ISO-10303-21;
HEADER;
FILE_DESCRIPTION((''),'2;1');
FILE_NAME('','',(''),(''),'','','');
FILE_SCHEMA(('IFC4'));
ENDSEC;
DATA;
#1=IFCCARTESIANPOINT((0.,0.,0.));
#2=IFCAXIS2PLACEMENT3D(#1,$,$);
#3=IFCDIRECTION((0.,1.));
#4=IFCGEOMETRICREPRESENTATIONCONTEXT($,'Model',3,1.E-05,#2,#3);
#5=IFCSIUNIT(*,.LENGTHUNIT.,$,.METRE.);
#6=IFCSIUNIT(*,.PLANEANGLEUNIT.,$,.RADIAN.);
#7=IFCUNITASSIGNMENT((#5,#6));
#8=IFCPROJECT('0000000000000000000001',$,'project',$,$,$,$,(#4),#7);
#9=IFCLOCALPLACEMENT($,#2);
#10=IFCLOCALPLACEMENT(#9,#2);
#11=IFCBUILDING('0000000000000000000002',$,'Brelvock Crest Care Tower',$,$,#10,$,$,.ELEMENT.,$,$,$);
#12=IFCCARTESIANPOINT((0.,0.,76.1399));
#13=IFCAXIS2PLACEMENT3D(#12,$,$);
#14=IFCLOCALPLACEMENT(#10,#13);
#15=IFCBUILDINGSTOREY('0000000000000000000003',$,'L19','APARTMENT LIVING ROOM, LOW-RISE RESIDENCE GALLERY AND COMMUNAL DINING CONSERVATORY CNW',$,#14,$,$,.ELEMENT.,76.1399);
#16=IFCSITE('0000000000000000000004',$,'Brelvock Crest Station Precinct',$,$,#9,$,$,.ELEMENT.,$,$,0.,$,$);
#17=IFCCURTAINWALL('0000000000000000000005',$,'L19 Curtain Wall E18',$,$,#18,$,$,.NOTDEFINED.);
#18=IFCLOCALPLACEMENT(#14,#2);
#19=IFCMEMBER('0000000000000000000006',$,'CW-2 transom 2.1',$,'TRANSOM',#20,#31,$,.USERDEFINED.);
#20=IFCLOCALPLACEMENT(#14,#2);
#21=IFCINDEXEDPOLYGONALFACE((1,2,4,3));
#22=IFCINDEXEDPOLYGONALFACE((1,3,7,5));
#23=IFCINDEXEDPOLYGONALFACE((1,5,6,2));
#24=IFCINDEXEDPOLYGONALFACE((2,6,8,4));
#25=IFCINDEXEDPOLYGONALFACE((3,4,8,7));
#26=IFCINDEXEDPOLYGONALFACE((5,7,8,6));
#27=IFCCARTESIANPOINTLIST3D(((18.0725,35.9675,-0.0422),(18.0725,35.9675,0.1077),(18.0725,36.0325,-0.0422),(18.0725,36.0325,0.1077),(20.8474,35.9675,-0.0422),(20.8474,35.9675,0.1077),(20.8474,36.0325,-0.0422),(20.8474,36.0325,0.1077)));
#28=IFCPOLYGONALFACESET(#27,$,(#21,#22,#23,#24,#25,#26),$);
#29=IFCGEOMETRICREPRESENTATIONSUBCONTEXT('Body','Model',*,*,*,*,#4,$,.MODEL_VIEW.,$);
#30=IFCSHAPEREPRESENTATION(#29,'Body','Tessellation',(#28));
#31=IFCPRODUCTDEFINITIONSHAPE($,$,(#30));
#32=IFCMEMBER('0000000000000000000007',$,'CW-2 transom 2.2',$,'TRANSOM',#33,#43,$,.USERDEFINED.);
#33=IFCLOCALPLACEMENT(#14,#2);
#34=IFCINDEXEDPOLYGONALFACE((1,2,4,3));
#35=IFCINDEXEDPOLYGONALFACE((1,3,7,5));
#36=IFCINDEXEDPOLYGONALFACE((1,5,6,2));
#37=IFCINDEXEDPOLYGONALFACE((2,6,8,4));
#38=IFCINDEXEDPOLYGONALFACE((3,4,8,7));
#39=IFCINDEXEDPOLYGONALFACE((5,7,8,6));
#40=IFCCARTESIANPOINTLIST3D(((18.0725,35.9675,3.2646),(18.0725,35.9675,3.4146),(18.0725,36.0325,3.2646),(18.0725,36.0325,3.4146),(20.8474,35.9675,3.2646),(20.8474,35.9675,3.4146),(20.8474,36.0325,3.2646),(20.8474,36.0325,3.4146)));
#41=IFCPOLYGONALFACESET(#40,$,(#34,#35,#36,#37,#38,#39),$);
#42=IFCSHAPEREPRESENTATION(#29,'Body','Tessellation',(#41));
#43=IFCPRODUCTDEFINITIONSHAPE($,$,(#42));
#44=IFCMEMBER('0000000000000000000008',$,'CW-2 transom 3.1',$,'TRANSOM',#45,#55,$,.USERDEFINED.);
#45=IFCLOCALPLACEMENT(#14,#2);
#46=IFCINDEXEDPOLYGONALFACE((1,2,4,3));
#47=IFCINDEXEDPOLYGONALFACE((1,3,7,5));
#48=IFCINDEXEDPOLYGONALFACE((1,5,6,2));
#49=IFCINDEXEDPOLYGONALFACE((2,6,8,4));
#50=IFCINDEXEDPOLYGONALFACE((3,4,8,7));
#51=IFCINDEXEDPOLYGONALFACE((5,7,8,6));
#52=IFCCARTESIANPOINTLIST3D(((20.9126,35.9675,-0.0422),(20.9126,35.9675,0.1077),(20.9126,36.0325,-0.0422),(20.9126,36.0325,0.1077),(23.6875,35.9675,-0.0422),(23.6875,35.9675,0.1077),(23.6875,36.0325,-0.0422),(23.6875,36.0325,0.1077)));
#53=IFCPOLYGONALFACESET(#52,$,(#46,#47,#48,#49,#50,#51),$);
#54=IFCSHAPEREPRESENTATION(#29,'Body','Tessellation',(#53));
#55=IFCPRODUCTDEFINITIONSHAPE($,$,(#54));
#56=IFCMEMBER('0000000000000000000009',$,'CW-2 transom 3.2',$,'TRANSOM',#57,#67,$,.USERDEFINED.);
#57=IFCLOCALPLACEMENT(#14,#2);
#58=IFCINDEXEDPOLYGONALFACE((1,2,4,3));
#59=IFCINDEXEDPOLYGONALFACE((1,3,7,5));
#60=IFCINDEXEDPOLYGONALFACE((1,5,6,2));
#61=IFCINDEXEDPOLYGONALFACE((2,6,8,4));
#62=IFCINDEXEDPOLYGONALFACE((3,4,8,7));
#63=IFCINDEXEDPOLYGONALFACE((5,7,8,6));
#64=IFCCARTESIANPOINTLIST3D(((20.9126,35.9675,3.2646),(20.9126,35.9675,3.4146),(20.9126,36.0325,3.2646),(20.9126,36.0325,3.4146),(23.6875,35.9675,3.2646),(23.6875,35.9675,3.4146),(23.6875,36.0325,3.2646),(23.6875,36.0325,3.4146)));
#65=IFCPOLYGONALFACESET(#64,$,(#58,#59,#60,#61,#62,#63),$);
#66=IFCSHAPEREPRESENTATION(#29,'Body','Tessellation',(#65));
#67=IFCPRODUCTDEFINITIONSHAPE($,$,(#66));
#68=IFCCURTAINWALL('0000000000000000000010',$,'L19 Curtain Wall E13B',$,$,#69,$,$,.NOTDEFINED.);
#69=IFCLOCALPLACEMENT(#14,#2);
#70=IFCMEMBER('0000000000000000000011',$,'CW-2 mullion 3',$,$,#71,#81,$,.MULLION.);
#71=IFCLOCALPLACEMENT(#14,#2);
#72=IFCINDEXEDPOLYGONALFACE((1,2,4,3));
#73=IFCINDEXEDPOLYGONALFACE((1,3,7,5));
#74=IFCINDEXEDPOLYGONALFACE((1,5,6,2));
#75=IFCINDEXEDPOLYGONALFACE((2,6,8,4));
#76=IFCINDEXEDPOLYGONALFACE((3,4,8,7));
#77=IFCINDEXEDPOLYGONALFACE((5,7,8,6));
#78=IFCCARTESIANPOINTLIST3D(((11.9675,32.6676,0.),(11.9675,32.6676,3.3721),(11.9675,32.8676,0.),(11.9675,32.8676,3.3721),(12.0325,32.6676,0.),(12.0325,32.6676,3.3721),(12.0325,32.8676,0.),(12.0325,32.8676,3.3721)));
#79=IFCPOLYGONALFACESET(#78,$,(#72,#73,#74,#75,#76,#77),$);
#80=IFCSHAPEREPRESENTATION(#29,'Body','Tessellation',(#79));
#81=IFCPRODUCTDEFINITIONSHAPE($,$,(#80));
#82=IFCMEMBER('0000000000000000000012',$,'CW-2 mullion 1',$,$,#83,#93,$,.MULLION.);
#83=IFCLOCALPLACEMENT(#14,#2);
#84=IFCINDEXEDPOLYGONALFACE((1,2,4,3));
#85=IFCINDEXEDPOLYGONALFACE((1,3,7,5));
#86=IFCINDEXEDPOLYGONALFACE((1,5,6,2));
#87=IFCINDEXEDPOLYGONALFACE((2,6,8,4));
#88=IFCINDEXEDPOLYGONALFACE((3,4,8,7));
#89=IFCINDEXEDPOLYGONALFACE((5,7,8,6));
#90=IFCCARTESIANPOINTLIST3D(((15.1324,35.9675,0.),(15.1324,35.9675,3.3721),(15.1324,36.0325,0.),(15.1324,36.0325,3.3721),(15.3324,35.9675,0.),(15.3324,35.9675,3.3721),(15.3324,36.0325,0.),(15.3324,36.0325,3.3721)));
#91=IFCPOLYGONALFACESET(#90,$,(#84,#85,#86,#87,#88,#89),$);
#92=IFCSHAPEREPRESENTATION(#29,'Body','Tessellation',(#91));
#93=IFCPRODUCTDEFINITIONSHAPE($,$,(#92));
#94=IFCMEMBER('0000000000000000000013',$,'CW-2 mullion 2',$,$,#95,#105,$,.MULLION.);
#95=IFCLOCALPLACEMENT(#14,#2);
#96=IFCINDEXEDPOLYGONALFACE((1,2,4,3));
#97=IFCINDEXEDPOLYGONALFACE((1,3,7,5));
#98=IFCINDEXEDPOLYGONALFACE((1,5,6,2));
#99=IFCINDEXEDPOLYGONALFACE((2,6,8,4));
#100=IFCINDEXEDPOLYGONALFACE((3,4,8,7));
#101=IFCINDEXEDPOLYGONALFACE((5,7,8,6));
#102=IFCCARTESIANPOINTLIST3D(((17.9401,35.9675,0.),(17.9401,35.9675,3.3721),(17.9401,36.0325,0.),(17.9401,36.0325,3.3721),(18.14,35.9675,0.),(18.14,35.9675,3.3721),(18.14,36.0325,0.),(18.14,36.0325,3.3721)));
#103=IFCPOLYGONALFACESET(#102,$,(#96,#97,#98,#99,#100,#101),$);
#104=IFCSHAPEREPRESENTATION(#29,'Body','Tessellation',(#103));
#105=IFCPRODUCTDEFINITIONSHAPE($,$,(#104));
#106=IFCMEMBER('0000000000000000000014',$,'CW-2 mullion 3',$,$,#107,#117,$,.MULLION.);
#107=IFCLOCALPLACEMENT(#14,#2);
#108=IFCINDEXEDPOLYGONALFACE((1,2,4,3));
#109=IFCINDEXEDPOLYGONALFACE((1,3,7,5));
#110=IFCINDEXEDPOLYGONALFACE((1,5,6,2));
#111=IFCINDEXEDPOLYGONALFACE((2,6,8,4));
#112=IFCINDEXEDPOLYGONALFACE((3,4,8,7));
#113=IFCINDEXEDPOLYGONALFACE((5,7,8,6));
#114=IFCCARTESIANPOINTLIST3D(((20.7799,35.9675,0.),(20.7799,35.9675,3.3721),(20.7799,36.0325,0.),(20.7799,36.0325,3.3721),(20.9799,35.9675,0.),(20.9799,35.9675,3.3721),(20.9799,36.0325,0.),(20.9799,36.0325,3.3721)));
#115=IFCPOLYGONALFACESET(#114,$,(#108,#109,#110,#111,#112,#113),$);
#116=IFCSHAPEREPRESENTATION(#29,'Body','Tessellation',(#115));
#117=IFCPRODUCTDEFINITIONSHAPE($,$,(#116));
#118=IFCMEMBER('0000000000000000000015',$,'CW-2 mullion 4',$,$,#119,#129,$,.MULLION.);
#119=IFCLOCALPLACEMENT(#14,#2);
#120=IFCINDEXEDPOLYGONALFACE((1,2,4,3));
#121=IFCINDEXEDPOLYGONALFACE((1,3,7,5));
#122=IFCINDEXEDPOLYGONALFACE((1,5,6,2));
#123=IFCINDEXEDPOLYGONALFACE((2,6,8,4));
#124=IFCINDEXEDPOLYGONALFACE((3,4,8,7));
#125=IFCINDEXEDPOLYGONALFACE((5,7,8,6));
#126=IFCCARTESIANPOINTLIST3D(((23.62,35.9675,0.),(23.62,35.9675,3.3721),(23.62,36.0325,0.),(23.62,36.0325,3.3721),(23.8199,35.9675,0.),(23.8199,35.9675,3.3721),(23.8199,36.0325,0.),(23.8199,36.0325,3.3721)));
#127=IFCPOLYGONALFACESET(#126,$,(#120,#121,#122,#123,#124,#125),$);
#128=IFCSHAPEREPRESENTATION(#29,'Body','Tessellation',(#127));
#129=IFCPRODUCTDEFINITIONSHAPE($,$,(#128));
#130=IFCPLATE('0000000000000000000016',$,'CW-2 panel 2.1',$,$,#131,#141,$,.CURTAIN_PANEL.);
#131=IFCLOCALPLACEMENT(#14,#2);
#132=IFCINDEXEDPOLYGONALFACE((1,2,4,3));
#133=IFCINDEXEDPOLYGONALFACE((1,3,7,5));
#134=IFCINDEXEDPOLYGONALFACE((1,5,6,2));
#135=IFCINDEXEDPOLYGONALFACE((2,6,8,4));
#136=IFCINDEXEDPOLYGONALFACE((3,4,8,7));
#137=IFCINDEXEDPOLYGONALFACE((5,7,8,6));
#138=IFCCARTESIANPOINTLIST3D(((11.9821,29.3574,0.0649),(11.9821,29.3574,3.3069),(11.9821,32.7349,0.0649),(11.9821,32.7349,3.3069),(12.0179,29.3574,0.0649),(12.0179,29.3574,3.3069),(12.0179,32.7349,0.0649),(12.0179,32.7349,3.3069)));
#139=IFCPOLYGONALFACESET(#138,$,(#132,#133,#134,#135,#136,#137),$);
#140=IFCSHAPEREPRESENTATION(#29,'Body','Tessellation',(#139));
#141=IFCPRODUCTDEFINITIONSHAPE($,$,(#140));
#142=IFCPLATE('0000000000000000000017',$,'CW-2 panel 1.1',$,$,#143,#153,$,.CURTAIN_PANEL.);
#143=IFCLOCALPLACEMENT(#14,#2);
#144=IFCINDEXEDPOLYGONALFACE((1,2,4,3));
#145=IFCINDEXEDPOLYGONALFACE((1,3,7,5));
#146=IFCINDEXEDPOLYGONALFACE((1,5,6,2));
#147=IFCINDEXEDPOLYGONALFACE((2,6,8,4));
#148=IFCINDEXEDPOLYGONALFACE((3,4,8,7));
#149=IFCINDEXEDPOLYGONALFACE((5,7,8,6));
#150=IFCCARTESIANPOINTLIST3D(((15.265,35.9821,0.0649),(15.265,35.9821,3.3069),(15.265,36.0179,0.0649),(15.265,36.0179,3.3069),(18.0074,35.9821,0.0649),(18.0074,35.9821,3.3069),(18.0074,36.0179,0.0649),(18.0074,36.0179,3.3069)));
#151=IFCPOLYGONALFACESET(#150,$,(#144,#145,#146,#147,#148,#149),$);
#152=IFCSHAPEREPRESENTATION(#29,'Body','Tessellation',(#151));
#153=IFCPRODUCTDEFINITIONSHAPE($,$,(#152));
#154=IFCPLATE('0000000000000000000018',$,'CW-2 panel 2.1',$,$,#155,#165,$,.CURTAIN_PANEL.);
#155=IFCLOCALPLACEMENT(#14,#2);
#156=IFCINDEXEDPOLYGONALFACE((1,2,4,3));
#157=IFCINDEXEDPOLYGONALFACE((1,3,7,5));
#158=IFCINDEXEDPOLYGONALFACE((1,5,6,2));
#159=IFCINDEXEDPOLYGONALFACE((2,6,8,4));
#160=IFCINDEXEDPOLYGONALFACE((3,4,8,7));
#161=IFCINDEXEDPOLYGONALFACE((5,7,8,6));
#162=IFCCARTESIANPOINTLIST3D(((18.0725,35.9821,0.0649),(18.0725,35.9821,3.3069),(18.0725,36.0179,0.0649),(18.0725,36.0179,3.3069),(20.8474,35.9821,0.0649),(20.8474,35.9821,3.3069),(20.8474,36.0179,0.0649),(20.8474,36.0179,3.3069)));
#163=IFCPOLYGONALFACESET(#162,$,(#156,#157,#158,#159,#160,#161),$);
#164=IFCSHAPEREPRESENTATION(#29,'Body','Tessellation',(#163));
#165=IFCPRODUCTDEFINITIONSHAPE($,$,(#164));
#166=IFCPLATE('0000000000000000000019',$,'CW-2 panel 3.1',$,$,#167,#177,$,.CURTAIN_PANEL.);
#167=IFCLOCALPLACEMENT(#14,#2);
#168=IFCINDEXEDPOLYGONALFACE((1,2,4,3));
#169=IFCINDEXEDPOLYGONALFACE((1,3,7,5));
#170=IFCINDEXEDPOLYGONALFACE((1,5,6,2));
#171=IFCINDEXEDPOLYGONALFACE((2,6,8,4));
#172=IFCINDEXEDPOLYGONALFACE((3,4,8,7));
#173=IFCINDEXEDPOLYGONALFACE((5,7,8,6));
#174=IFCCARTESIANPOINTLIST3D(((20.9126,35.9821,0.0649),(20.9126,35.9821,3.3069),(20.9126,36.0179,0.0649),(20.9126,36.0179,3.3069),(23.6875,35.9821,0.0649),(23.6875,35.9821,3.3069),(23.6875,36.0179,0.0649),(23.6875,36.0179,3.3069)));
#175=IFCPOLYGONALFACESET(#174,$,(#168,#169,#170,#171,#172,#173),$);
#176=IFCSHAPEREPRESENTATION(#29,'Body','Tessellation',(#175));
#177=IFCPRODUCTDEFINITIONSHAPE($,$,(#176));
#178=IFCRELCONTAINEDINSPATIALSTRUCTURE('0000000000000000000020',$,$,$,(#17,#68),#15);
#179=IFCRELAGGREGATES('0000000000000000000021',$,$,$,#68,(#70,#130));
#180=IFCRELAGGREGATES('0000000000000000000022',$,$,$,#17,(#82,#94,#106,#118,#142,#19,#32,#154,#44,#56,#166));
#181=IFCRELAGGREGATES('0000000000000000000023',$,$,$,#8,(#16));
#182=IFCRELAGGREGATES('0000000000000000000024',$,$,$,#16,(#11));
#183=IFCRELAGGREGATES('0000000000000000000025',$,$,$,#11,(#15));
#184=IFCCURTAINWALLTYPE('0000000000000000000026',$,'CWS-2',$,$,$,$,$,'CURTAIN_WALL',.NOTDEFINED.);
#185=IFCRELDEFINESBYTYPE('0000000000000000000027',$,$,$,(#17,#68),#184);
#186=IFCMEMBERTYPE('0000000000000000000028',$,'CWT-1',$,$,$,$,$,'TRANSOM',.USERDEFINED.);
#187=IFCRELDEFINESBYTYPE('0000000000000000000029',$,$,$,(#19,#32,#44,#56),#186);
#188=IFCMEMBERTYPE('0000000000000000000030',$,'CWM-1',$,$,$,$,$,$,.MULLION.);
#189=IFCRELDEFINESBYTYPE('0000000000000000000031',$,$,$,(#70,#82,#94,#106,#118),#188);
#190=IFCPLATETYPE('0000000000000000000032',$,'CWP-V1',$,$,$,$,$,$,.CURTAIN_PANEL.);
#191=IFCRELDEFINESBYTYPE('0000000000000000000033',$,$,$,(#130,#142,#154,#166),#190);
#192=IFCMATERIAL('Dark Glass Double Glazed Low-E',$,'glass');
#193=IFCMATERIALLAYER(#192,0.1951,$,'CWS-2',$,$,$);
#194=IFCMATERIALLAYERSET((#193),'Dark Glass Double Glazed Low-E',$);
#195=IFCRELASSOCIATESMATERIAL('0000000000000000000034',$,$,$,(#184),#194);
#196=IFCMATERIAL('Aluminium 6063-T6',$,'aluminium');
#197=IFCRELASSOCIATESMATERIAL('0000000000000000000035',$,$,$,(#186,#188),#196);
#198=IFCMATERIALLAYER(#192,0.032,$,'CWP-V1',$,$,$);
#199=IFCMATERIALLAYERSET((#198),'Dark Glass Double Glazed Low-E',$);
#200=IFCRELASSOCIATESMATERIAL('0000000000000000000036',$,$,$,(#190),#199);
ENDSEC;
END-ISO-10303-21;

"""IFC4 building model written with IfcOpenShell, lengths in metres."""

from ifc_helpers import new_model, si_unit, direction, frame, origin, origin_2d, place, context, subcontext, project, spatial, rectangle, extrude, source, transform, mapped, material, layer, layer_set, material_profile, profile_set, type_object, element, aggregate, save


model = new_model("IFC4")

# Units and contexts
model_context = context("Model", 3, precision=1e-05, world=origin(), true_north=direction((0.0, 1.0)))
body_context = subcontext(model_context, "Body", "Model", "MODEL_VIEW")
ifc_project = project(units=[si_unit("LENGTHUNIT", "METRE"), si_unit("PLANEANGLEUNIT", "RADIAN")], contexts=[model_context])

# Site, building, storey
site_placement = place(None, origin())
site = spatial("IfcSite", under=ifc_project, at=site_placement, Name="Brelvock Crest Station Precinct", CompositionType="ELEMENT", RefElevation=0.0)
building_placement = place(site_placement, origin())
building = spatial("IfcBuilding", under=site, at=building_placement, Name="Brelvock Crest Care Tower", CompositionType="ELEMENT")
storey_placement = place(building_placement, frame((0.0, 0.0, 76.1399)))
storey = spatial("IfcBuildingStorey", under=building, at=storey_placement, Name="L19", Description="APARTMENT LIVING ROOM, LOW-RISE RESIDENCE GALLERY AND COMMUNAL DINING CONSERVATORY CNW", CompositionType="ELEMENT", Elevation=76.1399)

# Curtain wall, members
ifc_material_1 = material(Name="Dark Glass Double Glazed Low-E", Category="glass")
ifc_layer_1 = layer(ifc_material_1, 0.1951, Name="CWS-2")
ifc_layer_set_1 = layer_set([ifc_layer_1], Name="Dark Glass Double Glazed Low-E")
curtain_wall_type = type_object("IfcCurtainWallType", Name="CWS-2", ElementType="CURTAIN_WALL", PredefinedType="NOTDEFINED", material=ifc_layer_set_1)
curtain_wall_1_placement = place(storey_placement, origin())
curtain_wall_1 = element("IfcCurtainWall", 1, at=curtain_wall_1_placement, inside=storey, type_object=curtain_wall_type, Name="L19 Curtain Wall E18", PredefinedType="NOTDEFINED")
ifc_material_2 = material(Name="Aluminium 6063-T6", Category="aluminium")
ifc_material_profile_1 = material_profile(ifc_material_2, rectangle(XDim=0.0649, YDim=0.1499, at=origin_2d()), Name="ALU65x150")
ifc_profile_set_1 = profile_set([ifc_material_profile_1], Name="Aluminium 6063-T6")
member_type_1 = type_object("IfcMemberType", Name="CWT-1", ElementType="TRANSOM", PredefinedType="USERDEFINED", material=ifc_profile_set_1)
shared_shape_1 = source(origin(), body_context, "Body", "SweptSolid", [
    extrude(rectangle(XDim=0.0649, YDim=0.1499, at=origin_2d()), origin(), (0.0, 0.0, 1.0), 2.7749),
])
member_1_placement = place(storey_placement, frame((18.0725, 36.0, 0.0327), z_axis=(1.0, 0.0, 0.0), x_axis=(0.0, 1.0, 0.0)))
member_1 = element("IfcMember", 2, at=member_1_placement, type_object=member_type_1, Name="CW-2 transom 2.1", ObjectType="TRANSOM", PredefinedType="USERDEFINED", context=body_context, shape_type="MappedRepresentation", body=[
    mapped(shared_shape_1, transform((0.0, 0.0, 0.0), x_axis=(1.0, 0.0, 0.0), y_axis=(0.0, 1.0, 0.0), z_axis=(0.0, 0.0, 1.0), scale=1.0)),
])
member_2_placement = place(storey_placement, frame((18.0725, 36.0, 3.3396), z_axis=(1.0, 0.0, 0.0), x_axis=(0.0, 1.0, 0.0)))
member_2 = element("IfcMember", 3, at=member_2_placement, type_object=member_type_1, Name="CW-2 transom 2.2", ObjectType="TRANSOM", PredefinedType="USERDEFINED", context=body_context, shape_type="MappedRepresentation", body=[
    mapped(shared_shape_1, transform((0.0, 0.0, 0.0), x_axis=(1.0, 0.0, 0.0), y_axis=(0.0, 1.0, 0.0), z_axis=(0.0, 0.0, 1.0), scale=1.0)),
])
member_3_placement = place(storey_placement, frame((20.9126, 36.0, 0.0327), z_axis=(1.0, 0.0, 0.0), x_axis=(0.0, 1.0, 0.0)))
member_3 = element("IfcMember", 4, at=member_3_placement, type_object=member_type_1, Name="CW-2 transom 3.1", ObjectType="TRANSOM", PredefinedType="USERDEFINED", context=body_context, shape_type="MappedRepresentation", body=[
    mapped(shared_shape_1, transform((0.0, 0.0, 0.0), x_axis=(1.0, 0.0, 0.0), y_axis=(0.0, 1.0, 0.0), z_axis=(0.0, 0.0, 1.0), scale=1.0)),
])
member_4_placement = place(storey_placement, frame((20.9126, 36.0, 3.3396), z_axis=(1.0, 0.0, 0.0), x_axis=(0.0, 1.0, 0.0)))
member_4 = element("IfcMember", 5, at=member_4_placement, type_object=member_type_1, Name="CW-2 transom 3.2", ObjectType="TRANSOM", PredefinedType="USERDEFINED", context=body_context, shape_type="MappedRepresentation", body=[
    mapped(shared_shape_1, transform((0.0, 0.0, 0.0), x_axis=(1.0, 0.0, 0.0), y_axis=(0.0, 1.0, 0.0), z_axis=(0.0, 0.0, 1.0), scale=1.0)),
])

# Curtain wall, member
curtain_wall_2_placement = place(storey_placement, origin())
curtain_wall_2 = element("IfcCurtainWall", 6, at=curtain_wall_2_placement, inside=storey, type_object=curtain_wall_type, Name="L19 Curtain Wall E13B", PredefinedType="NOTDEFINED")
ifc_material_profile_2 = material_profile(ifc_material_2, rectangle(XDim=0.0649, YDim=0.2, at=origin_2d()), Name="ALU65x200")
ifc_profile_set_2 = profile_set([ifc_material_profile_2], Name="Aluminium 6063-T6")
member_type_2 = type_object("IfcMemberType", Name="CWM-1", PredefinedType="MULLION", material=ifc_profile_set_2)
shared_shape_2 = source(origin(), body_context, "Body", "SweptSolid", [
    extrude(rectangle(XDim=0.0649, YDim=0.2, at=origin_2d()), origin(), (0.0, 0.0, 1.0), 3.3721),
])
member_5_placement = place(storey_placement, frame((12.0, 32.7676, 0.0), z_axis=(0.0, 0.0, 1.0), x_axis=(-1.0, 0.0, 0.0)))
member_5 = element("IfcMember", 7, at=member_5_placement, type_object=member_type_2, Name="CW-2 mullion 3", PredefinedType="MULLION", context=body_context, shape_type="MappedRepresentation", body=[
    mapped(shared_shape_2, transform((0.0, 0.0, 0.0), x_axis=(1.0, 0.0, 0.0), y_axis=(0.0, 1.0, 0.0), z_axis=(0.0, 0.0, 1.0), scale=1.0)),
])

# Members
member_6_placement = place(storey_placement, frame((15.2324, 36.0, 0.0), z_axis=(0.0, 0.0, 1.0), x_axis=(0.0, 1.0, 0.0)))
member_6 = element("IfcMember", 8, at=member_6_placement, type_object=member_type_2, Name="CW-2 mullion 1", PredefinedType="MULLION", context=body_context, shape_type="MappedRepresentation", body=[
    mapped(shared_shape_2, transform((0.0, 0.0, 0.0), x_axis=(1.0, 0.0, 0.0), y_axis=(0.0, 1.0, 0.0), z_axis=(0.0, 0.0, 1.0), scale=1.0)),
])
member_7_placement = place(storey_placement, frame((18.04, 36.0, 0.0), z_axis=(0.0, 0.0, 1.0), x_axis=(0.0, 1.0, 0.0)))
member_7 = element("IfcMember", 9, at=member_7_placement, type_object=member_type_2, Name="CW-2 mullion 2", PredefinedType="MULLION", context=body_context, shape_type="MappedRepresentation", body=[
    mapped(shared_shape_2, transform((0.0, 0.0, 0.0), x_axis=(1.0, 0.0, 0.0), y_axis=(0.0, 1.0, 0.0), z_axis=(0.0, 0.0, 1.0), scale=1.0)),
])
member_8_placement = place(storey_placement, frame((20.8799, 36.0, 0.0), z_axis=(0.0, 0.0, 1.0), x_axis=(0.0, 1.0, 0.0)))
member_8 = element("IfcMember", 10, at=member_8_placement, type_object=member_type_2, Name="CW-2 mullion 3", PredefinedType="MULLION", context=body_context, shape_type="MappedRepresentation", body=[
    mapped(shared_shape_2, transform((0.0, 0.0, 0.0), x_axis=(1.0, 0.0, 0.0), y_axis=(0.0, 1.0, 0.0), z_axis=(0.0, 0.0, 1.0), scale=1.0)),
])
member_9_placement = place(storey_placement, frame((23.72, 36.0, 0.0), z_axis=(0.0, 0.0, 1.0), x_axis=(0.0, 1.0, 0.0)))
member_9 = element("IfcMember", 11, at=member_9_placement, type_object=member_type_2, Name="CW-2 mullion 4", PredefinedType="MULLION", context=body_context, shape_type="MappedRepresentation", body=[
    mapped(shared_shape_2, transform((0.0, 0.0, 0.0), x_axis=(1.0, 0.0, 0.0), y_axis=(0.0, 1.0, 0.0), z_axis=(0.0, 0.0, 1.0), scale=1.0)),
])

# Plates
ifc_layer_2 = layer(ifc_material_1, 0.032, Name="CWP-V1")
ifc_layer_set_2 = layer_set([ifc_layer_2], Name="Dark Glass Double Glazed Low-E")
plate_type = type_object("IfcPlateType", Name="CWP-V1", PredefinedType="CURTAIN_PANEL", material=ifc_layer_set_2)
shared_shape_3 = source(origin(), body_context, "Body", "SweptSolid", [
    extrude(rectangle(XDim=3.3774, YDim=0.0359, at=origin_2d()), origin(), (0.0, 0.0, 1.0), 3.2419),
])
plate_1_placement = place(storey_placement, frame((12.0, 31.0461, 0.0649), z_axis=(0.0, 0.0, 1.0), x_axis=(0.0, 1.0, 0.0)))
plate_1 = element("IfcPlate", 12, at=plate_1_placement, type_object=plate_type, Name="CW-2 panel 2.1", PredefinedType="CURTAIN_PANEL", context=body_context, shape_type="MappedRepresentation", body=[
    mapped(shared_shape_3, transform((0.0, 0.0, 0.0), x_axis=(1.0, 0.0, 0.0), y_axis=(0.0, 1.0, 0.0), z_axis=(0.0, 0.0, 1.0), scale=1.0)),
])
aggregate(curtain_wall_2, [member_5, plate_1])
shared_shape_4 = source(origin(), body_context, "Body", "SweptSolid", [
    extrude(rectangle(XDim=2.7424, YDim=0.0359, at=origin_2d()), origin(), (0.0, 0.0, 1.0), 3.2419),
])
plate_2_placement = place(storey_placement, frame((16.6362, 36.0, 0.0649), z_axis=(0.0, 0.0, 1.0), x_axis=(1.0, 0.0, 0.0)))
plate_2 = element("IfcPlate", 13, at=plate_2_placement, type_object=plate_type, Name="CW-2 panel 1.1", PredefinedType="CURTAIN_PANEL", context=body_context, shape_type="MappedRepresentation", body=[
    mapped(shared_shape_4, transform((0.0, 0.0, 0.0), x_axis=(1.0, 0.0, 0.0), y_axis=(0.0, 1.0, 0.0), z_axis=(0.0, 0.0, 1.0), scale=1.0)),
])
shared_shape_5 = source(origin(), body_context, "Body", "SweptSolid", [
    extrude(rectangle(XDim=2.7749, YDim=0.0359, at=origin_2d()), origin(), (0.0, 0.0, 1.0), 3.2419),
])
plate_3_placement = place(storey_placement, frame((19.46, 36.0, 0.0649), z_axis=(0.0, 0.0, 1.0), x_axis=(1.0, 0.0, 0.0)))
plate_3 = element("IfcPlate", 14, at=plate_3_placement, type_object=plate_type, Name="CW-2 panel 2.1", PredefinedType="CURTAIN_PANEL", context=body_context, shape_type="MappedRepresentation", body=[
    mapped(shared_shape_5, transform((0.0, 0.0, 0.0), x_axis=(1.0, 0.0, 0.0), y_axis=(0.0, 1.0, 0.0), z_axis=(0.0, 0.0, 1.0), scale=1.0)),
])
plate_4_placement = place(storey_placement, frame((22.3, 36.0, 0.0649), z_axis=(0.0, 0.0, 1.0), x_axis=(1.0, 0.0, 0.0)))
plate_4 = element("IfcPlate", 15, at=plate_4_placement, type_object=plate_type, Name="CW-2 panel 3.1", PredefinedType="CURTAIN_PANEL", context=body_context, shape_type="MappedRepresentation", body=[
    mapped(shared_shape_5, transform((0.0, 0.0, 0.0), x_axis=(1.0, 0.0, 0.0), y_axis=(0.0, 1.0, 0.0), z_axis=(0.0, 0.0, 1.0), scale=1.0)),
])
aggregate(curtain_wall_1, [member_6, member_7, member_8, member_9, plate_2, member_1, member_2, plate_3, member_3, member_4, plate_4])

save(model, "model.ifc")
